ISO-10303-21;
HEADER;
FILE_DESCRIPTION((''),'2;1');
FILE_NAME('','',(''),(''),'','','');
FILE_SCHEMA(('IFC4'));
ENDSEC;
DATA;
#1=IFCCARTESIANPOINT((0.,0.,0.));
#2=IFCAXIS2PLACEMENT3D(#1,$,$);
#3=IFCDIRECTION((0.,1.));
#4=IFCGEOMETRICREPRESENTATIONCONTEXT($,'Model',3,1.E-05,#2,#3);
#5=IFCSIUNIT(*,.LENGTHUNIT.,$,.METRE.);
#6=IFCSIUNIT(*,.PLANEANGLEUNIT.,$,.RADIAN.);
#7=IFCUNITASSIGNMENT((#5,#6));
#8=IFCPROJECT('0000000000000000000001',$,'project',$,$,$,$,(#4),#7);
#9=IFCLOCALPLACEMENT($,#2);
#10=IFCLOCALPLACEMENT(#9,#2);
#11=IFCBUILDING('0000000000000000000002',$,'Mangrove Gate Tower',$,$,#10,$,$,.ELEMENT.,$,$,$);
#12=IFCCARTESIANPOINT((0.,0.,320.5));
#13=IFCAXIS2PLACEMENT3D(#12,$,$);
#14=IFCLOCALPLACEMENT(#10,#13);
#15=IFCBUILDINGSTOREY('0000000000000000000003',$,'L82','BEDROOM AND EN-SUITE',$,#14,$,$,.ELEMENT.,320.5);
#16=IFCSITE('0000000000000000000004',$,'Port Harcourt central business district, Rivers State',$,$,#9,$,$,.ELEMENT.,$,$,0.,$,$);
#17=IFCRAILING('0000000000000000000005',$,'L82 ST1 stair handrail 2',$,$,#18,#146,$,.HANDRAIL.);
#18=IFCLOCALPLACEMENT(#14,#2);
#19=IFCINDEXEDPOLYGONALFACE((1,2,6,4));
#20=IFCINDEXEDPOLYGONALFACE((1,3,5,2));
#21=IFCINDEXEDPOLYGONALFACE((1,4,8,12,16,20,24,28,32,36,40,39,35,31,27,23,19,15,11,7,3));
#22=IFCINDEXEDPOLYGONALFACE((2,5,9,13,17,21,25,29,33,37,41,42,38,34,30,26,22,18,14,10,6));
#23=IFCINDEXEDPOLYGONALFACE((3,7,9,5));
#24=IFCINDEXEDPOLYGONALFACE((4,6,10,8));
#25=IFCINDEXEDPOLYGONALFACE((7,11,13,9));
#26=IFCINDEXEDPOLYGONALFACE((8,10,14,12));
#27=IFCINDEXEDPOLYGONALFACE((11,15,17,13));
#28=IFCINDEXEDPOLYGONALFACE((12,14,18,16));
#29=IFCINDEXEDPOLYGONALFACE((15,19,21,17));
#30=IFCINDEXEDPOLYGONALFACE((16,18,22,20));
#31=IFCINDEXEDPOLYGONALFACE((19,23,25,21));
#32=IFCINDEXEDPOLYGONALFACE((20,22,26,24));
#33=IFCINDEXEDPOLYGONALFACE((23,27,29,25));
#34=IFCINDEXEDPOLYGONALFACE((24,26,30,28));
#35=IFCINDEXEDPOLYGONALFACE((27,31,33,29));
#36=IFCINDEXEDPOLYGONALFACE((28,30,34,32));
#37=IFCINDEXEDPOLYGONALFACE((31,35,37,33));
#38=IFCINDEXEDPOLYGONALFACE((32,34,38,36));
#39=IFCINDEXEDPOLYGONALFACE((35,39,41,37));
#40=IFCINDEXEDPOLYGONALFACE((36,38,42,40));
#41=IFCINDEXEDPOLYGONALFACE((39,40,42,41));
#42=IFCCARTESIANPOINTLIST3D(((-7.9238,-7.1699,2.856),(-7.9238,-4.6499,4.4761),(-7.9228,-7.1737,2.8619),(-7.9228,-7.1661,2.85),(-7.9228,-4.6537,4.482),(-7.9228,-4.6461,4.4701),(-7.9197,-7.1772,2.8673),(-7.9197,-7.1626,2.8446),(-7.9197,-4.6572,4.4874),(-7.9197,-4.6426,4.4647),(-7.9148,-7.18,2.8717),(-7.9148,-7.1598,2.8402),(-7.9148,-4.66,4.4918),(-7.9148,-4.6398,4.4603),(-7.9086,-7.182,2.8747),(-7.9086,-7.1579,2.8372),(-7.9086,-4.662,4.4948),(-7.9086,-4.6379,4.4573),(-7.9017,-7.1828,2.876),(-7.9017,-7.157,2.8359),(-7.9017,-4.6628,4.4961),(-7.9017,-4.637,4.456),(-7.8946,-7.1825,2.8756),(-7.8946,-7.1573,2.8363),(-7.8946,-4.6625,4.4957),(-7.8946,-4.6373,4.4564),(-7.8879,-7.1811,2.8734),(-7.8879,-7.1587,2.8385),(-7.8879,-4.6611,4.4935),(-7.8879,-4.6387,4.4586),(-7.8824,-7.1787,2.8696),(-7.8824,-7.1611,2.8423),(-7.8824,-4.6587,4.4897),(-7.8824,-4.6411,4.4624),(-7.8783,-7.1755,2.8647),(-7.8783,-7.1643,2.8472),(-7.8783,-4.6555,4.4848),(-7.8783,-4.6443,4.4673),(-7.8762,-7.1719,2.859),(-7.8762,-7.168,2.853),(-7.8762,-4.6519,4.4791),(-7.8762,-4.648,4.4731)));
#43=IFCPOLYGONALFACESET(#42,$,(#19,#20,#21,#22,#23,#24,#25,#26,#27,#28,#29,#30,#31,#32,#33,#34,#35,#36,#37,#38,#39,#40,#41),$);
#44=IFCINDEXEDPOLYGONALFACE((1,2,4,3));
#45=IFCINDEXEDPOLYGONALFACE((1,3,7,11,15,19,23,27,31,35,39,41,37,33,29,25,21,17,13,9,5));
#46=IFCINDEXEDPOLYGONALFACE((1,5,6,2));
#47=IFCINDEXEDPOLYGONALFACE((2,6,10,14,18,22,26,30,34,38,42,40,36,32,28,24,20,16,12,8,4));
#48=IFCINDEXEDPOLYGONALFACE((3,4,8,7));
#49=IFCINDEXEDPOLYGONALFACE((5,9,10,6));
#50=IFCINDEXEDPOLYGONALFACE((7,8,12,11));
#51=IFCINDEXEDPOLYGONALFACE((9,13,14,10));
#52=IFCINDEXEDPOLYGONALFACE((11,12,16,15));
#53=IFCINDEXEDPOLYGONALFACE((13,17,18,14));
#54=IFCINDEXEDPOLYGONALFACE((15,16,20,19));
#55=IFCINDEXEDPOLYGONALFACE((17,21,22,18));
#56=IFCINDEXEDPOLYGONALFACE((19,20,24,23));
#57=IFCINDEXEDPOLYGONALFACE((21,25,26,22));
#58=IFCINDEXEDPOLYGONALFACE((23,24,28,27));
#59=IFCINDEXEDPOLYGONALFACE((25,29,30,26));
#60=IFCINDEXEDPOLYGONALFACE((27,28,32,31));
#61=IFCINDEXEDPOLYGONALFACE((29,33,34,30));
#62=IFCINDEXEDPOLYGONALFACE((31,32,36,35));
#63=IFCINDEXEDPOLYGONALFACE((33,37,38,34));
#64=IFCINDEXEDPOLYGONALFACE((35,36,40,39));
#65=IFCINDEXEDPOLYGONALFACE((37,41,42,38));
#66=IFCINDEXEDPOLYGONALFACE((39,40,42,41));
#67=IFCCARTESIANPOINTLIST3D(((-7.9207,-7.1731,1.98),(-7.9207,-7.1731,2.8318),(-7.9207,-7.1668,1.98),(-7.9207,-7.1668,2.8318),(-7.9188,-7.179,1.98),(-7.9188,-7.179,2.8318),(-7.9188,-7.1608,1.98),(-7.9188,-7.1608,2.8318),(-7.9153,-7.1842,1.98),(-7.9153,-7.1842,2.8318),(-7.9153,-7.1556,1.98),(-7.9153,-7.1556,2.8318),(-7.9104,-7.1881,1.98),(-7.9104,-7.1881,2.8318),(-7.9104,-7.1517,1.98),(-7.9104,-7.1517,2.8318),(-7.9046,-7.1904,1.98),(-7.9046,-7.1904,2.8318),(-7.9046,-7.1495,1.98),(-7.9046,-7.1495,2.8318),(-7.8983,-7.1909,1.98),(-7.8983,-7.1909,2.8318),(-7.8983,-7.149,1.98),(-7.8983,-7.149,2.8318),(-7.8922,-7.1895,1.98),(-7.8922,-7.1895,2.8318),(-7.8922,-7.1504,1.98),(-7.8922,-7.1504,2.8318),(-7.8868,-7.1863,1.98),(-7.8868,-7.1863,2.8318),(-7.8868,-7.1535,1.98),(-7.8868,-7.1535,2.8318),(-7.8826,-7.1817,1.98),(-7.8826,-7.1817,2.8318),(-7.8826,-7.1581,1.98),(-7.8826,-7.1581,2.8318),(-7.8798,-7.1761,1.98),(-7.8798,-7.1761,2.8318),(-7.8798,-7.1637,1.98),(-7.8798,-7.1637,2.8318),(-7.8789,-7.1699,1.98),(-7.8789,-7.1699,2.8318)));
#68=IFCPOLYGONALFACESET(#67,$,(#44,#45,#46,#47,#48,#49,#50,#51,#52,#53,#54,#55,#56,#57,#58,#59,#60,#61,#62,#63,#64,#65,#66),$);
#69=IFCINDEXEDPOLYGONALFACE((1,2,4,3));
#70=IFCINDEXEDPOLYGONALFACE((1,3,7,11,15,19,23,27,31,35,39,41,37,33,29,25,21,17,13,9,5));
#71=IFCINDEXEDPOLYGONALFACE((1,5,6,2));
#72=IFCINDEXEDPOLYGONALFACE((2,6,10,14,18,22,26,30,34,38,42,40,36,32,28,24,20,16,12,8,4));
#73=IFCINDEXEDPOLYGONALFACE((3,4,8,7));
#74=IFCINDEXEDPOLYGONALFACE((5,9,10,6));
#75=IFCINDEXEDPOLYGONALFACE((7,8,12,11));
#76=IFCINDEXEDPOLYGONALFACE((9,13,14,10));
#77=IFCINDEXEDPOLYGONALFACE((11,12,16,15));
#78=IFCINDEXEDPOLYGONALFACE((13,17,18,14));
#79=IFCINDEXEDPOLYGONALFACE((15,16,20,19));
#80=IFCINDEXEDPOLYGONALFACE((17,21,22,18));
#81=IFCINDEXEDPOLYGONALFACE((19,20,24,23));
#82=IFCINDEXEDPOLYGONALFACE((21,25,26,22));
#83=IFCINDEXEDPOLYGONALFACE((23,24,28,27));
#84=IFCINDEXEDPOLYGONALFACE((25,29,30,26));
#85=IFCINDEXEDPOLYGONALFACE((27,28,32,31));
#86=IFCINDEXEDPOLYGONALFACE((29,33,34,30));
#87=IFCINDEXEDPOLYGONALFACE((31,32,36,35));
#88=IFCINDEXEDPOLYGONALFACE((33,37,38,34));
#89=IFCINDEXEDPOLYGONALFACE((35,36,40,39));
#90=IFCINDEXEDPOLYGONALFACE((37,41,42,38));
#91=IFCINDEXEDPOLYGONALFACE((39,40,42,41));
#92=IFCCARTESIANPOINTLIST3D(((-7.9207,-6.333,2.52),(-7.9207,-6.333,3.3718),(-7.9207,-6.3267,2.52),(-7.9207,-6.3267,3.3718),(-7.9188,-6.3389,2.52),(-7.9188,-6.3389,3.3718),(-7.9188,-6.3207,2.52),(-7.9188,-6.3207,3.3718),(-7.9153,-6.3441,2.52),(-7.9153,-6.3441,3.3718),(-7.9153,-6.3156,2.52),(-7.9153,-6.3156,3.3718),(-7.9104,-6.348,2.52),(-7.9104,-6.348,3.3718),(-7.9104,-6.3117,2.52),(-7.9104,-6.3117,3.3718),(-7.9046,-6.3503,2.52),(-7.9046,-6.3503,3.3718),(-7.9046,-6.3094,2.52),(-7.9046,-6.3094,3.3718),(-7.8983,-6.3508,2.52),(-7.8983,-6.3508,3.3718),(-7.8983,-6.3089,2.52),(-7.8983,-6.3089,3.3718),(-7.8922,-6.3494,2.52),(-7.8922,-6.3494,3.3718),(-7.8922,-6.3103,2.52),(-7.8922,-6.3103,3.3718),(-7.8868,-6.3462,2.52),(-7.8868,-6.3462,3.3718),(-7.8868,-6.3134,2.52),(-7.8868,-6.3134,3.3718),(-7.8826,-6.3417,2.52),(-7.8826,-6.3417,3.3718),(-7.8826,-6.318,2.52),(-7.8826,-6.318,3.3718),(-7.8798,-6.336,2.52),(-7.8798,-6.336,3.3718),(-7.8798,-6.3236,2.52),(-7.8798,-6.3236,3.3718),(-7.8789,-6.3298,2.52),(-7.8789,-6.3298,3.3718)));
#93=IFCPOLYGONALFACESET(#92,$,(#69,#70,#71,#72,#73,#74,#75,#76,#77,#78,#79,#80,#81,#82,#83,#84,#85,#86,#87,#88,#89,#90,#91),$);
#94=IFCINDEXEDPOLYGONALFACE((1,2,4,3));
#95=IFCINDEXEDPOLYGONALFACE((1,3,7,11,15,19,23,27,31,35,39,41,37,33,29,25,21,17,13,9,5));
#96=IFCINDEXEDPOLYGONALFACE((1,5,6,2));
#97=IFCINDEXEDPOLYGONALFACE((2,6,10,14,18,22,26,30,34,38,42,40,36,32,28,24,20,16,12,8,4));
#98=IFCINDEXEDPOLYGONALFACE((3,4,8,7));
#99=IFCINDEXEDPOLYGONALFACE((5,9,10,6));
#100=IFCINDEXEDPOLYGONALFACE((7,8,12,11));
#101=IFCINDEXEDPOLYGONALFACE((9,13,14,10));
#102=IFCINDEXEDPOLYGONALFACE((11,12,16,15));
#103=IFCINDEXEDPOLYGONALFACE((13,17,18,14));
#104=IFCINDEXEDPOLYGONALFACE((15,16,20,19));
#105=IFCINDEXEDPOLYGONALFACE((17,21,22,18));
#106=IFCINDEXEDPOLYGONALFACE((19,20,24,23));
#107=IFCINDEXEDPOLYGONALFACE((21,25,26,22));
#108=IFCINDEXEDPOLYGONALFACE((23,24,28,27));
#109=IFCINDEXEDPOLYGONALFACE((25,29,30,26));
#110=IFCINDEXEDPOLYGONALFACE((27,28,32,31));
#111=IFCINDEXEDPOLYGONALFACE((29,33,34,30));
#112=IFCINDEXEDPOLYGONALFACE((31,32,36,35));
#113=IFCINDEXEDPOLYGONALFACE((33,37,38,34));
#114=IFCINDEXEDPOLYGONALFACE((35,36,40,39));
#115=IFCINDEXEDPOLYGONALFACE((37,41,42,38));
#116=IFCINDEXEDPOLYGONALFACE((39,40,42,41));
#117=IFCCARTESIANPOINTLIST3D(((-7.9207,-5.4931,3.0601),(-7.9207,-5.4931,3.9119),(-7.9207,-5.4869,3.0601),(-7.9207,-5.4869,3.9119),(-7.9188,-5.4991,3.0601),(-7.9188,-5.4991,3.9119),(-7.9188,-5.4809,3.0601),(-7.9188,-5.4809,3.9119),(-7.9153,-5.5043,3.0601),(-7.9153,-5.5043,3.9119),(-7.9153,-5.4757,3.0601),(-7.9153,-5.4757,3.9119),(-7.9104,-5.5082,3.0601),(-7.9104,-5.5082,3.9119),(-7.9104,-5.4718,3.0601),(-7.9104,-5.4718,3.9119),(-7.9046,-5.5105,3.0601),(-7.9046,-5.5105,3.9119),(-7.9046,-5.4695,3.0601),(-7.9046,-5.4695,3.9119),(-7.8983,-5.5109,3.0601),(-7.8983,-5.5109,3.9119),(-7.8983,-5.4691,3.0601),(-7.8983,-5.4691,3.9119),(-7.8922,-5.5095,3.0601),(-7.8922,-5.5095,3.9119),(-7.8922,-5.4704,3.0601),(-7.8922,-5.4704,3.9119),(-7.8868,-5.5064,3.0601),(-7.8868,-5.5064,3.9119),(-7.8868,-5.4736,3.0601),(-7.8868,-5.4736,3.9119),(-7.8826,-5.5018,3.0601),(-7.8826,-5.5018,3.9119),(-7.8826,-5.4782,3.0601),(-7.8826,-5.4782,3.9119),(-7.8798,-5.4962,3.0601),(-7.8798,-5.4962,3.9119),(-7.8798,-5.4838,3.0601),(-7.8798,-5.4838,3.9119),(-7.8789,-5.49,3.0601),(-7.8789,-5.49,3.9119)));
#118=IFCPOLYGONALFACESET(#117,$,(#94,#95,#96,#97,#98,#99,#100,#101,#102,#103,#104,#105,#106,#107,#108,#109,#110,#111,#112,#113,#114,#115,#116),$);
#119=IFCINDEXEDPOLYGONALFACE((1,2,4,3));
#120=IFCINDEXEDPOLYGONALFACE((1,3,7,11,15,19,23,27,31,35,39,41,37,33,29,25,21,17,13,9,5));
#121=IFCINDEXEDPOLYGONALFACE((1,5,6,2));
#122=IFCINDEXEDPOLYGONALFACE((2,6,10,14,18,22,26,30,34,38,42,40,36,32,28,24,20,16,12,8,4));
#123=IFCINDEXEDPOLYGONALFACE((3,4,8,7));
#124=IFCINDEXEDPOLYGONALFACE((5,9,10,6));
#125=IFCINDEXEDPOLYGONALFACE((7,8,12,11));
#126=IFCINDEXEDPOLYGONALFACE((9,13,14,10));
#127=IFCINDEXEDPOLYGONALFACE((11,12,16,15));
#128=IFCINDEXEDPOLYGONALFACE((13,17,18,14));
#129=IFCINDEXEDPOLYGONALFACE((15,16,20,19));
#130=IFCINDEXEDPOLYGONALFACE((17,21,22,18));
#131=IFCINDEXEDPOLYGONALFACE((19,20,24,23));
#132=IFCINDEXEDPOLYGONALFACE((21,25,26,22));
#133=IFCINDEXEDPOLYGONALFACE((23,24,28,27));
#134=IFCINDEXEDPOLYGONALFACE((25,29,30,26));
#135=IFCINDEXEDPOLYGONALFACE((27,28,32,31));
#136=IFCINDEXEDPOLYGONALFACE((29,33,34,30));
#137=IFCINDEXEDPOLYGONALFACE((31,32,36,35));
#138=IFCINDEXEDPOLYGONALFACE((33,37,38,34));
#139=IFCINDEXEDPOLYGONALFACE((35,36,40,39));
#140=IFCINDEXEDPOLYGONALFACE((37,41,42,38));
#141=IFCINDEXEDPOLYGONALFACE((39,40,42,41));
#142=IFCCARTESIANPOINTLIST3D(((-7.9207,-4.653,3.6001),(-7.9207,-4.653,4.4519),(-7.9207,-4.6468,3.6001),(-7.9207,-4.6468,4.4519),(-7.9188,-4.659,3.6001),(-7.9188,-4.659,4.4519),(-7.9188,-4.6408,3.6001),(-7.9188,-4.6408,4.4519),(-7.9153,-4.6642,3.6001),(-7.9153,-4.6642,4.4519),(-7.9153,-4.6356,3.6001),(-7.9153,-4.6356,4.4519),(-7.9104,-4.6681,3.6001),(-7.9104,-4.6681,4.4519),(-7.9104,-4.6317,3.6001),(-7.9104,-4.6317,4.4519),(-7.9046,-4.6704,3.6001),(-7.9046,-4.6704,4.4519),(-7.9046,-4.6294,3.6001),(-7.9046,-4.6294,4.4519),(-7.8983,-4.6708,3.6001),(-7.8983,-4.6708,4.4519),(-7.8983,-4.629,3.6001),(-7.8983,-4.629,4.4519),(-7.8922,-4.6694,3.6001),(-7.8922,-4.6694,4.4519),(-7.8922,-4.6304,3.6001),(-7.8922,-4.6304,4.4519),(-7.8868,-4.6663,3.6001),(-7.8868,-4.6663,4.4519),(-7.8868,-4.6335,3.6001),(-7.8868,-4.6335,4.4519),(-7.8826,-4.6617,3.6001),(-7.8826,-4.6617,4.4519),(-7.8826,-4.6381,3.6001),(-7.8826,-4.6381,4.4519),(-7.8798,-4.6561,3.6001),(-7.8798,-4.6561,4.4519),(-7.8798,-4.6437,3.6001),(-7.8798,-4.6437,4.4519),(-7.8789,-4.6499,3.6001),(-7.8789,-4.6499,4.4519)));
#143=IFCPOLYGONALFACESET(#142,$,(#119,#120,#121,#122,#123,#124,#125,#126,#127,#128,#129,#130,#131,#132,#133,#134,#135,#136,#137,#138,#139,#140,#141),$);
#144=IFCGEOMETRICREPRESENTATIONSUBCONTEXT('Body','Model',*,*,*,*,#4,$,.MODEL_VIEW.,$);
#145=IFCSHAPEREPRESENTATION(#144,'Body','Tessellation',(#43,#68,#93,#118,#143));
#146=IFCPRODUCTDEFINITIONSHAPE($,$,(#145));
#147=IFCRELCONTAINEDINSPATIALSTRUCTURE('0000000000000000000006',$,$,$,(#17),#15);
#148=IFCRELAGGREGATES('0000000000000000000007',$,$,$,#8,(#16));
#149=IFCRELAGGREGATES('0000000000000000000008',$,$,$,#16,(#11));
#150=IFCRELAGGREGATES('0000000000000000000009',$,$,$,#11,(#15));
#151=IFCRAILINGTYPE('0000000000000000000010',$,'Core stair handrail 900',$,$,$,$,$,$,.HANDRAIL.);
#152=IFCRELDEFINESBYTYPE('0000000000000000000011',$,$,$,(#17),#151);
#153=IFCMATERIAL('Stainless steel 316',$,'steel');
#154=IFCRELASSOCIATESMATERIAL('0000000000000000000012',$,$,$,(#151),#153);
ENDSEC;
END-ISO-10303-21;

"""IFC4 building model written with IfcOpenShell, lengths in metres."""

from ifc_helpers import new_model, si_unit, direction, frame, origin, origin_2d, place, context, subcontext, project, spatial, circle, extrude, material, type_object, element, save


model = new_model("IFC4")

# Units and contexts
model_context = context("Model", 3, precision=1e-05, world=origin(), true_north=direction((0.0, 1.0)))
body_context = subcontext(model_context, "Body", "Model", "MODEL_VIEW")
ifc_project = project(units=[si_unit("LENGTHUNIT", "METRE"), si_unit("PLANEANGLEUNIT", "RADIAN")], contexts=[model_context])

# Site, building, storey
site_placement = place(None, origin())
site = spatial("IfcSite", under=ifc_project, at=site_placement, Name="Port Harcourt central business district, Rivers State", CompositionType="ELEMENT", RefElevation=0.0)
building_placement = place(site_placement, origin())
building = spatial("IfcBuilding", under=site, at=building_placement, Name="Mangrove Gate Tower", CompositionType="ELEMENT")
storey_placement = place(building_placement, frame((0.0, 0.0, 320.5)))
storey = spatial("IfcBuildingStorey", under=building, at=storey_placement, Name="L82", Description="BEDROOM AND EN-SUITE", CompositionType="ELEMENT", Elevation=320.5)

# Railing
ifc_material_1 = material(Name="Stainless steel 316", Category="steel")
railing_type_1 = type_object("IfcRailingType", Name="Core stair handrail 900", PredefinedType="HANDRAIL", material=ifc_material_1)
railing_1_placement = place(storey_placement, frame((-7.8999, -7.1699, 1.98)))
element("IfcRailing", 1, at=railing_1_placement, inside=storey, type_object=railing_type_1, Name="L82 ST1 stair handrail 2", PredefinedType="HANDRAIL", context=body_context, shape_type="SweptSolid", body=[
    extrude(circle(Radius=0.0239, at=origin_2d()), frame((0.0, 0.0, 0.876), z_axis=(0.0, 0.841163, 0.540782), x_axis=(-1.0, 0.0, 0.0)), (0.0, 0.0, 1.0), 2.9958),
    extrude(circle(Radius=0.021, at=origin_2d()), origin(), (0.0, 0.0, 1.0), 0.8518),
    extrude(circle(Radius=0.021, at=origin_2d()), frame((0.0, 0.8401, 0.54)), (0.0, 0.0, 1.0), 0.8518),
    extrude(circle(Radius=0.021, at=origin_2d()), frame((0.0, 1.6799, 1.0801)), (0.0, 0.0, 1.0), 0.8518),
    extrude(circle(Radius=0.021, at=origin_2d()), frame((0.0, 2.52, 1.6201)), (0.0, 0.0, 1.0), 0.8518),
])

save(model, "model.ifc")
